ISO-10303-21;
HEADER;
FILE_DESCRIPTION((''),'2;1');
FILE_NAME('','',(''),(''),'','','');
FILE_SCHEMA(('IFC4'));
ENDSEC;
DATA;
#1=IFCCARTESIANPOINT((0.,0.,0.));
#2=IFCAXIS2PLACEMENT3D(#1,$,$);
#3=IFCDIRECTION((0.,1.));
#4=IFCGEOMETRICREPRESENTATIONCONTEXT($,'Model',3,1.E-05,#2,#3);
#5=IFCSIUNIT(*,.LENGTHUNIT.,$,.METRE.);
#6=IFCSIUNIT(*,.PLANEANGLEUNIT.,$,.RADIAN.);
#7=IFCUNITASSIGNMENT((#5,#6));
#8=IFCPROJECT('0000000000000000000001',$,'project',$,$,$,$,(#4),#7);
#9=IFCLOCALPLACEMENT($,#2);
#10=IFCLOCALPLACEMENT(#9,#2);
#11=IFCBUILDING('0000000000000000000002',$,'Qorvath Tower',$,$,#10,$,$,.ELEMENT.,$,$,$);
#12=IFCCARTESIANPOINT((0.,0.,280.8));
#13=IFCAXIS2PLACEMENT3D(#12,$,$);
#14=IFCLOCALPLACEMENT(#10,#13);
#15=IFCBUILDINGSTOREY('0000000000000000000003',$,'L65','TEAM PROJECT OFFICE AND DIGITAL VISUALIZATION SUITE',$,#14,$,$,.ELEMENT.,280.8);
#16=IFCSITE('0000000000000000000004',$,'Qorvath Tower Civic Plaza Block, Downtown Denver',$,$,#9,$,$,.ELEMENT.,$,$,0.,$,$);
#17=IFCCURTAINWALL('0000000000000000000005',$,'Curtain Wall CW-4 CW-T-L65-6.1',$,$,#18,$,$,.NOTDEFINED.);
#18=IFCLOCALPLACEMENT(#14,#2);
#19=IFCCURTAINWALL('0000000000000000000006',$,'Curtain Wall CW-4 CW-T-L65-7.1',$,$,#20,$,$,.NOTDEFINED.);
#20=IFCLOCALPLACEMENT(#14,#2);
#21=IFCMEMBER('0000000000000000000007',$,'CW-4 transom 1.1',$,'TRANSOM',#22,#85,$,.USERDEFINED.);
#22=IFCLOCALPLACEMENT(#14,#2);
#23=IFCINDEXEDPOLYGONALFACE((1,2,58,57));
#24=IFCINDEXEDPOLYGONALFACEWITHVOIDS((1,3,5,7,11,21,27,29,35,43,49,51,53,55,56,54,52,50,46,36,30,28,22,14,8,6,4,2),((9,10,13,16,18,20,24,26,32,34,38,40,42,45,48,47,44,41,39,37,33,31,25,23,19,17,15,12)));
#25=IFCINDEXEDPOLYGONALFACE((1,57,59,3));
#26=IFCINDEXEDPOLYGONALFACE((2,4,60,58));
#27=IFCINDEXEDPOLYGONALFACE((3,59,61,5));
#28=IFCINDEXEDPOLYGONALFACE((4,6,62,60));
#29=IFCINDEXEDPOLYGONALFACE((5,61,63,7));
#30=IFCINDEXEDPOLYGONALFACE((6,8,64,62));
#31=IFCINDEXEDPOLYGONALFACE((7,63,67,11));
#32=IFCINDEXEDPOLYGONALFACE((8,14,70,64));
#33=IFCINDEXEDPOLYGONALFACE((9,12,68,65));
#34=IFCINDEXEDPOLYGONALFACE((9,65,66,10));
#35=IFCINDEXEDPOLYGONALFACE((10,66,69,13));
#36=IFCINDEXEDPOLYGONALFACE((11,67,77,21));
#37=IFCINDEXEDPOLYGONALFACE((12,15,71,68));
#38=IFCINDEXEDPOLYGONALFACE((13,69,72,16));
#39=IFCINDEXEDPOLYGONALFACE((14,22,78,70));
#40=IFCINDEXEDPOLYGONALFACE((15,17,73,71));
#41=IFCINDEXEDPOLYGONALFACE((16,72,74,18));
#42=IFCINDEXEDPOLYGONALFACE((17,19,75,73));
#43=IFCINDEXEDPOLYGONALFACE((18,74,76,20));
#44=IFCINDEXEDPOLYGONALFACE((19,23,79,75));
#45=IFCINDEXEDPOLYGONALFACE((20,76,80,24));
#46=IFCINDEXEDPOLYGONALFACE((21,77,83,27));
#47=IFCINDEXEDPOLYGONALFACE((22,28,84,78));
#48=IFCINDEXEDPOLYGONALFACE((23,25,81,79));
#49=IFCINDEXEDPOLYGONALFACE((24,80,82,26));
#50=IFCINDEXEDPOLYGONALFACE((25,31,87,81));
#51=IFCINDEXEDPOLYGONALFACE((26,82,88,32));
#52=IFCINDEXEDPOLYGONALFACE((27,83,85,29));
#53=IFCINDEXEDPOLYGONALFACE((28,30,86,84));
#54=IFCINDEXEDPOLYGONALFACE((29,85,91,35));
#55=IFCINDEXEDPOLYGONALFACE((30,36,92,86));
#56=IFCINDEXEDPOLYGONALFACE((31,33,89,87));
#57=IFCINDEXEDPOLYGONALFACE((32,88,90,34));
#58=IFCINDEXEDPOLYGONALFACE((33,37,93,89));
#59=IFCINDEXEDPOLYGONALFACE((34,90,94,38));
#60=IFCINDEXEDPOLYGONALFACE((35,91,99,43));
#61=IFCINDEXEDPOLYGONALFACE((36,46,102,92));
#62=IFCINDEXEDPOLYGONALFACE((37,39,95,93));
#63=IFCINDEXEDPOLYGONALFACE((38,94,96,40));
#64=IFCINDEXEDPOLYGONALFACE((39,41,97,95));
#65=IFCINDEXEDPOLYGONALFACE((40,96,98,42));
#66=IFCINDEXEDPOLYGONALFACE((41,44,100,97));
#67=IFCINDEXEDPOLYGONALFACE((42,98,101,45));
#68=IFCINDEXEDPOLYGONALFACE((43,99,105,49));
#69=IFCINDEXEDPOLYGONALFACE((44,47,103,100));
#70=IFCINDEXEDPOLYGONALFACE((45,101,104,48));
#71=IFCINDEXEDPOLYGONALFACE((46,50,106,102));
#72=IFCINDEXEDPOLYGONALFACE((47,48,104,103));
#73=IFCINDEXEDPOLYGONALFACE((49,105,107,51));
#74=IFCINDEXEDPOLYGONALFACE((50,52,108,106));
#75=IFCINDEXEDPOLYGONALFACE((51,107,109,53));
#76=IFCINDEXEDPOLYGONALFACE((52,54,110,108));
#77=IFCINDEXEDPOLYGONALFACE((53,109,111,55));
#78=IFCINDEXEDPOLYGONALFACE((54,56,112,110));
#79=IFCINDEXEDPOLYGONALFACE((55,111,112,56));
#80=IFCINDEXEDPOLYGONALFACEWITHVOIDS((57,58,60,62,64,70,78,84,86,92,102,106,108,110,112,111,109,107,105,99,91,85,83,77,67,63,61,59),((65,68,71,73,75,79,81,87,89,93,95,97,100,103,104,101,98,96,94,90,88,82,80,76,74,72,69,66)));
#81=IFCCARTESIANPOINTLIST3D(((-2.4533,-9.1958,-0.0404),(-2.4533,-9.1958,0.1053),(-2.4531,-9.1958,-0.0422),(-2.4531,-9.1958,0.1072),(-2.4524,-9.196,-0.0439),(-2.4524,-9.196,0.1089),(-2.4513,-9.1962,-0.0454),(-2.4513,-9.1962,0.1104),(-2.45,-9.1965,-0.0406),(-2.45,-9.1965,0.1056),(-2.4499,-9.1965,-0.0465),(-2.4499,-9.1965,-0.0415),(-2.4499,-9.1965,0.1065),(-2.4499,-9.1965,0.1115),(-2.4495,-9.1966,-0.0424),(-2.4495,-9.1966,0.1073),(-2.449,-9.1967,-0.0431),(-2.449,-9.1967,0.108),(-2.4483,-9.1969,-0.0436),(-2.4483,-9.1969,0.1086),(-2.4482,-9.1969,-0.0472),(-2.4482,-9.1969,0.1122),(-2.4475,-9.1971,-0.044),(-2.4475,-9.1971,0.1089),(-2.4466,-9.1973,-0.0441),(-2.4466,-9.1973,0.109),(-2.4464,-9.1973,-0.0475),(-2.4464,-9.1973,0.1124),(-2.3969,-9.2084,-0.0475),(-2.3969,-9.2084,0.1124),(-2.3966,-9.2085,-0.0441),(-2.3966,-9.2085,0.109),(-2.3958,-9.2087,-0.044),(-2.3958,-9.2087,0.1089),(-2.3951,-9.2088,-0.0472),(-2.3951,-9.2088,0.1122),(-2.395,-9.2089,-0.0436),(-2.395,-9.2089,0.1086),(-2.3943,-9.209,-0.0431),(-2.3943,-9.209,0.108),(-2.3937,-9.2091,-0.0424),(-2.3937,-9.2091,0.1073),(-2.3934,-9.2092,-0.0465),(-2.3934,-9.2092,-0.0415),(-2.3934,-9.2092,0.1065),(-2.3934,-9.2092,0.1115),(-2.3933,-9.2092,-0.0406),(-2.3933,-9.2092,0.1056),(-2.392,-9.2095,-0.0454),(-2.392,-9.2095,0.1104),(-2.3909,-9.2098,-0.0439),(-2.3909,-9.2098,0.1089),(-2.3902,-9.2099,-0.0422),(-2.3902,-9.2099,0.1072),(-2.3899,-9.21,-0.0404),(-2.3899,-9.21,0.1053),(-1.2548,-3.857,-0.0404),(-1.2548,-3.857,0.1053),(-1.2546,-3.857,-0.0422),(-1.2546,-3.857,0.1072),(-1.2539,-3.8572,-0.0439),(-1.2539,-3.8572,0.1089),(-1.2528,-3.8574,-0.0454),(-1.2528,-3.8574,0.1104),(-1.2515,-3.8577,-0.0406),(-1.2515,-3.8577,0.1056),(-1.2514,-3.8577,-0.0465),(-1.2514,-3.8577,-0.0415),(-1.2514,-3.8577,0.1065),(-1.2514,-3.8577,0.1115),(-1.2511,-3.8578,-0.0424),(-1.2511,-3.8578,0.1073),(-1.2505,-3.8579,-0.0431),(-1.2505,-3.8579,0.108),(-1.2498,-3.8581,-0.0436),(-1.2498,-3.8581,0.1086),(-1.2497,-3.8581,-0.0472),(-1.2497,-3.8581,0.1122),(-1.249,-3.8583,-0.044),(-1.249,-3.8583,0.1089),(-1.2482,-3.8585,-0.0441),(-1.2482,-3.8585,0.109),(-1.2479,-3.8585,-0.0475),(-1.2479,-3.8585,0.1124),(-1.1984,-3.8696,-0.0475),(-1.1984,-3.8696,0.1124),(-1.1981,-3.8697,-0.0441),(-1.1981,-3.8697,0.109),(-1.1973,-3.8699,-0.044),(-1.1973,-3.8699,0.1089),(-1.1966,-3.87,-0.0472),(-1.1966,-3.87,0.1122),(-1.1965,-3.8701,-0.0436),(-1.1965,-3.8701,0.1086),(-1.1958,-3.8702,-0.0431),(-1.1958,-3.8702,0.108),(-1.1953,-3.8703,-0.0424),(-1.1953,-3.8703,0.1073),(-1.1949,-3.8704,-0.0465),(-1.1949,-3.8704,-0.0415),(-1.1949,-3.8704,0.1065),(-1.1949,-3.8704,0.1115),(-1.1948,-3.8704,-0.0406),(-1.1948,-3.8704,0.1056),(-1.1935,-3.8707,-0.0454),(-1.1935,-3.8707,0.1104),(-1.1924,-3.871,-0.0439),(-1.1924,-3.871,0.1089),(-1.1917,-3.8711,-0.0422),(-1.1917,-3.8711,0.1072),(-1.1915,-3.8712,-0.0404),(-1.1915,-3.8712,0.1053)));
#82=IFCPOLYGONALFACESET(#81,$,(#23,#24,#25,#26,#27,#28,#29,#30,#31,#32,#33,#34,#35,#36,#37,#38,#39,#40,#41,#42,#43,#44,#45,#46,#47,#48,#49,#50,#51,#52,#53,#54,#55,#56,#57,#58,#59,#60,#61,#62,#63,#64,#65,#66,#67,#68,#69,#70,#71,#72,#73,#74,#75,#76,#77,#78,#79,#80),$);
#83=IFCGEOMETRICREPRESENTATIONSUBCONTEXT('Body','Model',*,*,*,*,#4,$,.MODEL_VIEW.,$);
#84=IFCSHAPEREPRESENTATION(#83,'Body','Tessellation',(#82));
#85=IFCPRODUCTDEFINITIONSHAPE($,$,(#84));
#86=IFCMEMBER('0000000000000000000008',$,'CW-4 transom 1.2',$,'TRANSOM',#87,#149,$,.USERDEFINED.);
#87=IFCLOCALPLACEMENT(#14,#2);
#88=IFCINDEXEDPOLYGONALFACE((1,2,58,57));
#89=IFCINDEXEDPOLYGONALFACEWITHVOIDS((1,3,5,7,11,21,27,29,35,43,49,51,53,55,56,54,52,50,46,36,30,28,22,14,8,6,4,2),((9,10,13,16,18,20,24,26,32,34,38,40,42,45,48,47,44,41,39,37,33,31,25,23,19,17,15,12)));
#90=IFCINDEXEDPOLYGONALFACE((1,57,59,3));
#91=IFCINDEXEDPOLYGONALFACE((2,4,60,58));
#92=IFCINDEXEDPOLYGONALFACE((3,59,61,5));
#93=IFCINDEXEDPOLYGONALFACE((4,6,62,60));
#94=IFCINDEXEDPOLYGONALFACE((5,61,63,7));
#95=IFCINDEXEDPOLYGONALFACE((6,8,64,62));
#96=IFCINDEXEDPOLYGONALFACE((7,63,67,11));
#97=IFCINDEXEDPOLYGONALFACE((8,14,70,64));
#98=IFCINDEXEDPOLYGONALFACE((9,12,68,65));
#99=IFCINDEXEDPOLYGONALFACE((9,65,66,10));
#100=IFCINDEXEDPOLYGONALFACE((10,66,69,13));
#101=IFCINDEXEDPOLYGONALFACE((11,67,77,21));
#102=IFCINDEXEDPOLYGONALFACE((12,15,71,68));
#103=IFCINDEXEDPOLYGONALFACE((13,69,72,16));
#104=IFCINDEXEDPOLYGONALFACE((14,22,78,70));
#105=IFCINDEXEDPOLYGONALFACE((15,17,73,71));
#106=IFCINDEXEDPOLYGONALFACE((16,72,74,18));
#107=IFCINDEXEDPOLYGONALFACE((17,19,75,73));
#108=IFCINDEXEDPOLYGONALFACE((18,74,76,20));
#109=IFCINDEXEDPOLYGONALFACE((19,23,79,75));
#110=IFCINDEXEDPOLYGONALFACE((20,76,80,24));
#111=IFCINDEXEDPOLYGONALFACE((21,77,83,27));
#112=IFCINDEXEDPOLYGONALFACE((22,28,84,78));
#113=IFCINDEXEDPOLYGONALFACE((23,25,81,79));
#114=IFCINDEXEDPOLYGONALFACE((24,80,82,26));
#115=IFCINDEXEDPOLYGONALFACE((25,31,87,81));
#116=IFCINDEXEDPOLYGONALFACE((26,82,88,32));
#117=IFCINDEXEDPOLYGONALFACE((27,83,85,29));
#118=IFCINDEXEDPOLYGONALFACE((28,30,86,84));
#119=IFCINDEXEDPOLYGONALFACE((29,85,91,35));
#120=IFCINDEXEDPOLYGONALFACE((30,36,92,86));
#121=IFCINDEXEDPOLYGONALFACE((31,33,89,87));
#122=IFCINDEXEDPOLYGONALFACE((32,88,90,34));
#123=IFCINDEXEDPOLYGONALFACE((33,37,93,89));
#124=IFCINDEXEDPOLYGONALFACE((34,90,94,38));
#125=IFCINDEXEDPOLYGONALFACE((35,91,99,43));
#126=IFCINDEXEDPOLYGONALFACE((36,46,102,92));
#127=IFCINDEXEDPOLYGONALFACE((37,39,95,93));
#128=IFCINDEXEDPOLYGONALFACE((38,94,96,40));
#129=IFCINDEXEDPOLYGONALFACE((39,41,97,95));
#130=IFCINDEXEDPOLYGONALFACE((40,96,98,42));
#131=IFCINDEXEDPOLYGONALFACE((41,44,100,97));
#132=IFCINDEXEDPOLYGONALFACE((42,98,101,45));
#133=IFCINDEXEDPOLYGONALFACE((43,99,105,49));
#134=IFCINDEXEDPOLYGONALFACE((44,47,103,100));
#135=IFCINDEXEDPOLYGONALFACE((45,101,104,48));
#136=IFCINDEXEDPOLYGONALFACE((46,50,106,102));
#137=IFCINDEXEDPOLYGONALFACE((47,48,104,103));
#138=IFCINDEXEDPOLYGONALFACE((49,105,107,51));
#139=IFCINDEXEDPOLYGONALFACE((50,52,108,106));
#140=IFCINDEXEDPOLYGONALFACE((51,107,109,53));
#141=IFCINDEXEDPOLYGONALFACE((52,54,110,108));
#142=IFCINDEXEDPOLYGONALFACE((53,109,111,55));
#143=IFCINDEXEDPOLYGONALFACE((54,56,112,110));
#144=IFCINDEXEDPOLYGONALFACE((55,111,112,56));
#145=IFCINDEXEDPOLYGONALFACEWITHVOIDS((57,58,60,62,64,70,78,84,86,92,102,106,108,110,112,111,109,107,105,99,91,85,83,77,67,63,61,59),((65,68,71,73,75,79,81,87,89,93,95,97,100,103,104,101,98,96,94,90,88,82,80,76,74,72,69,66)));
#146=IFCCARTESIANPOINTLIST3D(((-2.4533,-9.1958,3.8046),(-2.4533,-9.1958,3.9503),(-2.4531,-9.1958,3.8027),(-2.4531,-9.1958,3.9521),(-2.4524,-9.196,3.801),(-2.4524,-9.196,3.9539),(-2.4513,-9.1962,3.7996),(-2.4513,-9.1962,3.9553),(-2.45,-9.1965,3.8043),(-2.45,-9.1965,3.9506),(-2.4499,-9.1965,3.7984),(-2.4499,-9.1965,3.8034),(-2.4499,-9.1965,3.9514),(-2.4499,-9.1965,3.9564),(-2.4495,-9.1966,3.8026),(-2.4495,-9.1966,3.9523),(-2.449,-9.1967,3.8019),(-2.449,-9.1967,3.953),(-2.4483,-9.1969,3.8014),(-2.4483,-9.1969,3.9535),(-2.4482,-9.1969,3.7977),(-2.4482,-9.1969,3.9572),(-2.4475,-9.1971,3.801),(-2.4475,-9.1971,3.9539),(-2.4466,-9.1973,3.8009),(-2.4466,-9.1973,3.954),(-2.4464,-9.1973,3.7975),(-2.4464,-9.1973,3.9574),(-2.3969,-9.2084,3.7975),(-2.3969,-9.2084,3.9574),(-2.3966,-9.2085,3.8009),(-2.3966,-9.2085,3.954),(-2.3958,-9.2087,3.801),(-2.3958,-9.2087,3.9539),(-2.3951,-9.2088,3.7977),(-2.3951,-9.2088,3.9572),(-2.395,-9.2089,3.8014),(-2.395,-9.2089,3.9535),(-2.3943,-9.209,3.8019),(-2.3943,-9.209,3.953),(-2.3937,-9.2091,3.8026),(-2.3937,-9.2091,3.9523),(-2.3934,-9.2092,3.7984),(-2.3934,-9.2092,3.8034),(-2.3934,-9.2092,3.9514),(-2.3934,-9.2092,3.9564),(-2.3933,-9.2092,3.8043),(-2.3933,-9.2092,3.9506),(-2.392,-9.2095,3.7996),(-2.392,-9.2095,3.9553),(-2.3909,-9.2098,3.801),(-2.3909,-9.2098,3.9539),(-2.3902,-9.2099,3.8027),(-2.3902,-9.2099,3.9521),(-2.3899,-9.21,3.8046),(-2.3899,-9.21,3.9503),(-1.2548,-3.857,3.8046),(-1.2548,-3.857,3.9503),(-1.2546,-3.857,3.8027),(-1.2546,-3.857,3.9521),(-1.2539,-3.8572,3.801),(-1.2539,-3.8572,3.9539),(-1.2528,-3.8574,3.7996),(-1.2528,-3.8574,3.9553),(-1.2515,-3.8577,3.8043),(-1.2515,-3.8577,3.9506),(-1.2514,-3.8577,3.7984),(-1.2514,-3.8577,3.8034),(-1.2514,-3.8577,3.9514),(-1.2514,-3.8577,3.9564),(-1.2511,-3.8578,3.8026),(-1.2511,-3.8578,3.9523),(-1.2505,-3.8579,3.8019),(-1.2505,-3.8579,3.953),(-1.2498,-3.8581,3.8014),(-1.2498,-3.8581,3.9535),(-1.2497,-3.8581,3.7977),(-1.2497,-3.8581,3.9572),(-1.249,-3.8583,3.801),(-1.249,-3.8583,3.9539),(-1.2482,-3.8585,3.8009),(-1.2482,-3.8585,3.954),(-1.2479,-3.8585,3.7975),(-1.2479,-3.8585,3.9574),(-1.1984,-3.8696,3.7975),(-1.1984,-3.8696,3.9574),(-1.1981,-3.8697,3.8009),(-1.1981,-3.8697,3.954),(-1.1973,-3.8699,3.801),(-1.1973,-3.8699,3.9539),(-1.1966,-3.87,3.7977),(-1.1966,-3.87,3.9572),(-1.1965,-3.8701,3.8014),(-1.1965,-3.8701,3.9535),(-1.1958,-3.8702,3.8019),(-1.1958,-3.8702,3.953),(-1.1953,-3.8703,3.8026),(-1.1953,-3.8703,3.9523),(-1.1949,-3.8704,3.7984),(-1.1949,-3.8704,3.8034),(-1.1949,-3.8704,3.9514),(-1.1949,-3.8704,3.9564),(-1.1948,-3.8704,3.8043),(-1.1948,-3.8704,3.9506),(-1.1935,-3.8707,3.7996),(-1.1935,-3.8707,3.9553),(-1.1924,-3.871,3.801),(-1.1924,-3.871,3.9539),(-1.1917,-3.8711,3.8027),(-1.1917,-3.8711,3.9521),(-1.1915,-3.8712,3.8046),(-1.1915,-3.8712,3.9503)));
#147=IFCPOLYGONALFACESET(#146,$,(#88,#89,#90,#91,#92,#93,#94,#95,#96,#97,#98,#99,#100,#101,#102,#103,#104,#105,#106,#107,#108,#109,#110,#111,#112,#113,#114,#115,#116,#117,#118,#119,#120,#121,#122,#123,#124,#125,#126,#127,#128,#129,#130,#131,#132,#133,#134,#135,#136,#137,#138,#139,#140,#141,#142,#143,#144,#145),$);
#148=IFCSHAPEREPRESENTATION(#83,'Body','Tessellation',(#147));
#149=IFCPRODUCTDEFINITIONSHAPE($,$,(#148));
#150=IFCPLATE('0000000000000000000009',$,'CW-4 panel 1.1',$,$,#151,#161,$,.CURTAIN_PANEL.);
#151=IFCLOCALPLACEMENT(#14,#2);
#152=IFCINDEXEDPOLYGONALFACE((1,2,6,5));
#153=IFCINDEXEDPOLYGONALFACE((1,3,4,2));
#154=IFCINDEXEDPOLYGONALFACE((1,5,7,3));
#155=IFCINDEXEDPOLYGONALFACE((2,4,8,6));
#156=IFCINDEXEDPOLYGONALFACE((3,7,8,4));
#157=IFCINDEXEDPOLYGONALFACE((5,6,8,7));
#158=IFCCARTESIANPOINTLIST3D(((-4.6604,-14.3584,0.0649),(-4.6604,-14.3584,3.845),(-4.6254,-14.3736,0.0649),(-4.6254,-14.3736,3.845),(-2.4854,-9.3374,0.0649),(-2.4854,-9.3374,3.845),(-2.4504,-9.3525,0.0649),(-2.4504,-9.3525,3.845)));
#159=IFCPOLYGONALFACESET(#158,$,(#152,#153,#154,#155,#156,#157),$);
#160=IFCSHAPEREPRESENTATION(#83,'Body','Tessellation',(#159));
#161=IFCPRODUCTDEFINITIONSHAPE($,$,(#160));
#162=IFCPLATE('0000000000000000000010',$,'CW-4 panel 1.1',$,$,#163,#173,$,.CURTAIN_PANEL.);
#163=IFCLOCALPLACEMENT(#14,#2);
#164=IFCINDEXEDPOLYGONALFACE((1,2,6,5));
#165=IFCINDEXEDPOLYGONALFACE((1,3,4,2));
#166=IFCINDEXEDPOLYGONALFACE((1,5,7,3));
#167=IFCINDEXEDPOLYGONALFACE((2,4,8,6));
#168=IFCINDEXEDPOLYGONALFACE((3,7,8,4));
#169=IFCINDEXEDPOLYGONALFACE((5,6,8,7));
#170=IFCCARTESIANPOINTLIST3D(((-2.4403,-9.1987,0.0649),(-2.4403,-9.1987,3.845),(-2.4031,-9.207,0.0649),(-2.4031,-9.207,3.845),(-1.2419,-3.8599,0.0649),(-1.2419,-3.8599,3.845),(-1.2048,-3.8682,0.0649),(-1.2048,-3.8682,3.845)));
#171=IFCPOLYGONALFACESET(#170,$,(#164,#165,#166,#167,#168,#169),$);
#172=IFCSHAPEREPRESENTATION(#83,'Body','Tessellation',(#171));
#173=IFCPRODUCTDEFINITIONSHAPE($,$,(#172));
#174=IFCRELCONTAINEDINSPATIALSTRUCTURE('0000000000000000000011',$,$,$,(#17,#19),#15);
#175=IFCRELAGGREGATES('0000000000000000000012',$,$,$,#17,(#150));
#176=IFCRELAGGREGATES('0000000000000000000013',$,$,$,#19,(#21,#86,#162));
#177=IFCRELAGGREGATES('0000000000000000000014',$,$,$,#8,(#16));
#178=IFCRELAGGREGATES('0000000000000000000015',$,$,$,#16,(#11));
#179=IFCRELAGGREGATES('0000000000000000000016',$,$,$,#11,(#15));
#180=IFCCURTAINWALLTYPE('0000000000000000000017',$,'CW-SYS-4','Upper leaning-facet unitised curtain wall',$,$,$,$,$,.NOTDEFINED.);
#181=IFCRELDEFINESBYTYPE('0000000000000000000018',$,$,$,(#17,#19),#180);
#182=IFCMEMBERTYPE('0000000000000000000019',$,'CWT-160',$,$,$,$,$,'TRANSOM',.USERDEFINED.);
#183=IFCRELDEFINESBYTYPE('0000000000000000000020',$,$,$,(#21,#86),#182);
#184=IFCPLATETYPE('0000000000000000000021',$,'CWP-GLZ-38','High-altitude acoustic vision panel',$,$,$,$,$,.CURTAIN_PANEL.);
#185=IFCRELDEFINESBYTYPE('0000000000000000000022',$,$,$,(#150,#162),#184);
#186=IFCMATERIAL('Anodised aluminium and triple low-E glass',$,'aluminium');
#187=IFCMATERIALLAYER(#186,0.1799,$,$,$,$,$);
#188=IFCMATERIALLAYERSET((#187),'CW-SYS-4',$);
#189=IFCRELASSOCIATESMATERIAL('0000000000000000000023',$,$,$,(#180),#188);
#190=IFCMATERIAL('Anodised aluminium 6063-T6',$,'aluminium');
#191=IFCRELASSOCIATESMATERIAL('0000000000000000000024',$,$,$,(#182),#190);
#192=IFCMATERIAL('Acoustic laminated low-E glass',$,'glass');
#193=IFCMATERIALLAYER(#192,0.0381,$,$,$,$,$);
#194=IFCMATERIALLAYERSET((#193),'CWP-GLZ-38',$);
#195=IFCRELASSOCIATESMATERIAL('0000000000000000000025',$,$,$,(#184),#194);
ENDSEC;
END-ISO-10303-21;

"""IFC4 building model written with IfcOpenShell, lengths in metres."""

from ifc_helpers import new_model, si_unit, direction, frame, origin, origin_2d, place, context, subcontext, project, spatial, rectangle, hollow_rectangle, extrude, material, layer, layer_set, material_profile, profile_set, type_object, element, aggregate, save


model = new_model("IFC4")

# Units and contexts
model_context = context("Model", 3, precision=1e-05, world=origin(), true_north=direction((0.0, 1.0)))
body_context = subcontext(model_context, "Body", "Model", "MODEL_VIEW")
ifc_project = project(units=[si_unit("LENGTHUNIT", "METRE"), si_unit("PLANEANGLEUNIT", "RADIAN")], contexts=[model_context])

# Site, building, storey
site_placement = place(None, origin())
site = spatial("IfcSite", under=ifc_project, at=site_placement, Name="Qorvath Tower Civic Plaza Block, Downtown Denver", CompositionType="ELEMENT", RefElevation=0.0)
building_placement = place(site_placement, origin())
building = spatial("IfcBuilding", under=site, at=building_placement, Name="Qorvath Tower", CompositionType="ELEMENT")
storey_placement = place(building_placement, frame((0.0, 0.0, 280.8)))
storey = spatial("IfcBuildingStorey", under=building, at=storey_placement, Name="L65", Description="TEAM PROJECT OFFICE AND DIGITAL VISUALIZATION SUITE", CompositionType="ELEMENT", Elevation=280.8)

# Shared definitions
ifc_material_1 = material(Name="Anodised aluminium and triple low-E glass", Category="aluminium")
ifc_layer_1 = layer(ifc_material_1, 0.1799)
ifc_layer_set_1 = layer_set([ifc_layer_1], Name="CW-SYS-4")
curtain_wall_type = type_object("IfcCurtainWallType", Name="CW-SYS-4", Description="Upper leaning-facet unitised curtain wall", PredefinedType="NOTDEFINED", material=ifc_layer_set_1)

# Curtain wall
curtain_wall_1_placement = place(storey_placement, origin())
curtain_wall_1 = element("IfcCurtainWall", 1, at=curtain_wall_1_placement, inside=storey, type_object=curtain_wall_type, Name="Curtain Wall CW-4 CW-T-L65-6.1", PredefinedType="NOTDEFINED")

# Curtain wall
curtain_wall_2_placement = place(storey_placement, origin())
curtain_wall_2 = element("IfcCurtainWall", 2, at=curtain_wall_2_placement, inside=storey, type_object=curtain_wall_type, Name="Curtain Wall CW-4 CW-T-L65-7.1", PredefinedType="NOTDEFINED")

# Members
ifc_material_2 = material(Name="Anodised aluminium 6063-T6", Category="aluminium")
ifc_material_profile_1 = material_profile(ifc_material_2, hollow_rectangle(XDim=0.0649, YDim=0.1599, WallThickness=0.0034, InnerFilletRadius=0.0034, OuterFilletRadius=0.0071, at=origin_2d()), Name="CWT 160x65")
ifc_profile_set_1 = profile_set([ifc_material_profile_1], Name="Anodised aluminium 6063-T6")
member_type_1 = type_object("IfcMemberType", Name="CWT-160", ElementType="TRANSOM", PredefinedType="USERDEFINED", material=ifc_profile_set_1)
member_1_placement = place(storey_placement, frame((-2.4216, -9.2029, 0.0325), z_axis=(0.219032, 0.975718, 0.0), x_axis=(-0.975718, 0.219032, 0.0)))
member_1 = element("IfcMember", 3, at=member_1_placement, type_object=member_type_1, Name="CW-4 transom 1.1", ObjectType="TRANSOM", PredefinedType="USERDEFINED", context=body_context, shape_type="SweptSolid", body=[
    extrude(hollow_rectangle(XDim=0.0649, YDim=0.1599, WallThickness=0.0034, InnerFilletRadius=0.0034, OuterFilletRadius=0.0071, at=origin_2d()), origin(), (0.0, 0.0, 1.0), 5.4717),
])
member_2_placement = place(storey_placement, frame((-2.4216, -9.2029, 3.8774), z_axis=(0.219032, 0.975718, 0.0), x_axis=(-0.975718, 0.219032, 0.0)))
member_2 = element("IfcMember", 4, at=member_2_placement, type_object=member_type_1, Name="CW-4 transom 1.2", ObjectType="TRANSOM", PredefinedType="USERDEFINED", context=body_context, shape_type="SweptSolid", body=[
    extrude(hollow_rectangle(XDim=0.0649, YDim=0.1599, WallThickness=0.0034, InnerFilletRadius=0.0034, OuterFilletRadius=0.0071, at=origin_2d()), origin(), (0.0, 0.0, 1.0), 5.4717),
])

# Plates
ifc_material_3 = material(Name="Acoustic laminated low-E glass", Category="glass")
ifc_layer_2 = layer(ifc_material_3, 0.0381)
ifc_layer_set_2 = layer_set([ifc_layer_2], Name="CWP-GLZ-38")
plate_type = type_object("IfcPlateType", Name="CWP-GLZ-38", Description="High-altitude acoustic vision panel", PredefinedType="CURTAIN_PANEL", material=ifc_layer_set_2)
plate_1_placement = place(storey_placement, frame((-3.5554, -11.8555, 0.0649), z_axis=(0.0, 0.0, 1.0), x_axis=(0.397482, 0.91761, 0.0)))
plate_1 = element("IfcPlate", 5, at=plate_1_placement, type_object=plate_type, Name="CW-4 panel 1.1", PredefinedType="CURTAIN_PANEL", context=body_context, shape_type="SweptSolid", body=[
    extrude(rectangle(XDim=5.4719, YDim=0.0381, at=origin_2d()), origin(), (0.0, 0.0, 1.0), 3.78),
])
aggregate(curtain_wall_1, [plate_1])
plate_2_placement = place(storey_placement, frame((-1.8225, -6.5334, 0.0649), z_axis=(0.0, 0.0, 1.0), x_axis=(0.219006, 0.975724, 0.0)))
plate_2 = element("IfcPlate", 6, at=plate_2_placement, type_object=plate_type, Name="CW-4 panel 1.1", PredefinedType="CURTAIN_PANEL", context=body_context, shape_type="SweptSolid", body=[
    extrude(rectangle(XDim=5.4717, YDim=0.0381, at=origin_2d()), origin(), (0.0, 0.0, 1.0), 3.78),
])
aggregate(curtain_wall_2, [member_1, member_2, plate_2])

save(model, "model.ifc")
